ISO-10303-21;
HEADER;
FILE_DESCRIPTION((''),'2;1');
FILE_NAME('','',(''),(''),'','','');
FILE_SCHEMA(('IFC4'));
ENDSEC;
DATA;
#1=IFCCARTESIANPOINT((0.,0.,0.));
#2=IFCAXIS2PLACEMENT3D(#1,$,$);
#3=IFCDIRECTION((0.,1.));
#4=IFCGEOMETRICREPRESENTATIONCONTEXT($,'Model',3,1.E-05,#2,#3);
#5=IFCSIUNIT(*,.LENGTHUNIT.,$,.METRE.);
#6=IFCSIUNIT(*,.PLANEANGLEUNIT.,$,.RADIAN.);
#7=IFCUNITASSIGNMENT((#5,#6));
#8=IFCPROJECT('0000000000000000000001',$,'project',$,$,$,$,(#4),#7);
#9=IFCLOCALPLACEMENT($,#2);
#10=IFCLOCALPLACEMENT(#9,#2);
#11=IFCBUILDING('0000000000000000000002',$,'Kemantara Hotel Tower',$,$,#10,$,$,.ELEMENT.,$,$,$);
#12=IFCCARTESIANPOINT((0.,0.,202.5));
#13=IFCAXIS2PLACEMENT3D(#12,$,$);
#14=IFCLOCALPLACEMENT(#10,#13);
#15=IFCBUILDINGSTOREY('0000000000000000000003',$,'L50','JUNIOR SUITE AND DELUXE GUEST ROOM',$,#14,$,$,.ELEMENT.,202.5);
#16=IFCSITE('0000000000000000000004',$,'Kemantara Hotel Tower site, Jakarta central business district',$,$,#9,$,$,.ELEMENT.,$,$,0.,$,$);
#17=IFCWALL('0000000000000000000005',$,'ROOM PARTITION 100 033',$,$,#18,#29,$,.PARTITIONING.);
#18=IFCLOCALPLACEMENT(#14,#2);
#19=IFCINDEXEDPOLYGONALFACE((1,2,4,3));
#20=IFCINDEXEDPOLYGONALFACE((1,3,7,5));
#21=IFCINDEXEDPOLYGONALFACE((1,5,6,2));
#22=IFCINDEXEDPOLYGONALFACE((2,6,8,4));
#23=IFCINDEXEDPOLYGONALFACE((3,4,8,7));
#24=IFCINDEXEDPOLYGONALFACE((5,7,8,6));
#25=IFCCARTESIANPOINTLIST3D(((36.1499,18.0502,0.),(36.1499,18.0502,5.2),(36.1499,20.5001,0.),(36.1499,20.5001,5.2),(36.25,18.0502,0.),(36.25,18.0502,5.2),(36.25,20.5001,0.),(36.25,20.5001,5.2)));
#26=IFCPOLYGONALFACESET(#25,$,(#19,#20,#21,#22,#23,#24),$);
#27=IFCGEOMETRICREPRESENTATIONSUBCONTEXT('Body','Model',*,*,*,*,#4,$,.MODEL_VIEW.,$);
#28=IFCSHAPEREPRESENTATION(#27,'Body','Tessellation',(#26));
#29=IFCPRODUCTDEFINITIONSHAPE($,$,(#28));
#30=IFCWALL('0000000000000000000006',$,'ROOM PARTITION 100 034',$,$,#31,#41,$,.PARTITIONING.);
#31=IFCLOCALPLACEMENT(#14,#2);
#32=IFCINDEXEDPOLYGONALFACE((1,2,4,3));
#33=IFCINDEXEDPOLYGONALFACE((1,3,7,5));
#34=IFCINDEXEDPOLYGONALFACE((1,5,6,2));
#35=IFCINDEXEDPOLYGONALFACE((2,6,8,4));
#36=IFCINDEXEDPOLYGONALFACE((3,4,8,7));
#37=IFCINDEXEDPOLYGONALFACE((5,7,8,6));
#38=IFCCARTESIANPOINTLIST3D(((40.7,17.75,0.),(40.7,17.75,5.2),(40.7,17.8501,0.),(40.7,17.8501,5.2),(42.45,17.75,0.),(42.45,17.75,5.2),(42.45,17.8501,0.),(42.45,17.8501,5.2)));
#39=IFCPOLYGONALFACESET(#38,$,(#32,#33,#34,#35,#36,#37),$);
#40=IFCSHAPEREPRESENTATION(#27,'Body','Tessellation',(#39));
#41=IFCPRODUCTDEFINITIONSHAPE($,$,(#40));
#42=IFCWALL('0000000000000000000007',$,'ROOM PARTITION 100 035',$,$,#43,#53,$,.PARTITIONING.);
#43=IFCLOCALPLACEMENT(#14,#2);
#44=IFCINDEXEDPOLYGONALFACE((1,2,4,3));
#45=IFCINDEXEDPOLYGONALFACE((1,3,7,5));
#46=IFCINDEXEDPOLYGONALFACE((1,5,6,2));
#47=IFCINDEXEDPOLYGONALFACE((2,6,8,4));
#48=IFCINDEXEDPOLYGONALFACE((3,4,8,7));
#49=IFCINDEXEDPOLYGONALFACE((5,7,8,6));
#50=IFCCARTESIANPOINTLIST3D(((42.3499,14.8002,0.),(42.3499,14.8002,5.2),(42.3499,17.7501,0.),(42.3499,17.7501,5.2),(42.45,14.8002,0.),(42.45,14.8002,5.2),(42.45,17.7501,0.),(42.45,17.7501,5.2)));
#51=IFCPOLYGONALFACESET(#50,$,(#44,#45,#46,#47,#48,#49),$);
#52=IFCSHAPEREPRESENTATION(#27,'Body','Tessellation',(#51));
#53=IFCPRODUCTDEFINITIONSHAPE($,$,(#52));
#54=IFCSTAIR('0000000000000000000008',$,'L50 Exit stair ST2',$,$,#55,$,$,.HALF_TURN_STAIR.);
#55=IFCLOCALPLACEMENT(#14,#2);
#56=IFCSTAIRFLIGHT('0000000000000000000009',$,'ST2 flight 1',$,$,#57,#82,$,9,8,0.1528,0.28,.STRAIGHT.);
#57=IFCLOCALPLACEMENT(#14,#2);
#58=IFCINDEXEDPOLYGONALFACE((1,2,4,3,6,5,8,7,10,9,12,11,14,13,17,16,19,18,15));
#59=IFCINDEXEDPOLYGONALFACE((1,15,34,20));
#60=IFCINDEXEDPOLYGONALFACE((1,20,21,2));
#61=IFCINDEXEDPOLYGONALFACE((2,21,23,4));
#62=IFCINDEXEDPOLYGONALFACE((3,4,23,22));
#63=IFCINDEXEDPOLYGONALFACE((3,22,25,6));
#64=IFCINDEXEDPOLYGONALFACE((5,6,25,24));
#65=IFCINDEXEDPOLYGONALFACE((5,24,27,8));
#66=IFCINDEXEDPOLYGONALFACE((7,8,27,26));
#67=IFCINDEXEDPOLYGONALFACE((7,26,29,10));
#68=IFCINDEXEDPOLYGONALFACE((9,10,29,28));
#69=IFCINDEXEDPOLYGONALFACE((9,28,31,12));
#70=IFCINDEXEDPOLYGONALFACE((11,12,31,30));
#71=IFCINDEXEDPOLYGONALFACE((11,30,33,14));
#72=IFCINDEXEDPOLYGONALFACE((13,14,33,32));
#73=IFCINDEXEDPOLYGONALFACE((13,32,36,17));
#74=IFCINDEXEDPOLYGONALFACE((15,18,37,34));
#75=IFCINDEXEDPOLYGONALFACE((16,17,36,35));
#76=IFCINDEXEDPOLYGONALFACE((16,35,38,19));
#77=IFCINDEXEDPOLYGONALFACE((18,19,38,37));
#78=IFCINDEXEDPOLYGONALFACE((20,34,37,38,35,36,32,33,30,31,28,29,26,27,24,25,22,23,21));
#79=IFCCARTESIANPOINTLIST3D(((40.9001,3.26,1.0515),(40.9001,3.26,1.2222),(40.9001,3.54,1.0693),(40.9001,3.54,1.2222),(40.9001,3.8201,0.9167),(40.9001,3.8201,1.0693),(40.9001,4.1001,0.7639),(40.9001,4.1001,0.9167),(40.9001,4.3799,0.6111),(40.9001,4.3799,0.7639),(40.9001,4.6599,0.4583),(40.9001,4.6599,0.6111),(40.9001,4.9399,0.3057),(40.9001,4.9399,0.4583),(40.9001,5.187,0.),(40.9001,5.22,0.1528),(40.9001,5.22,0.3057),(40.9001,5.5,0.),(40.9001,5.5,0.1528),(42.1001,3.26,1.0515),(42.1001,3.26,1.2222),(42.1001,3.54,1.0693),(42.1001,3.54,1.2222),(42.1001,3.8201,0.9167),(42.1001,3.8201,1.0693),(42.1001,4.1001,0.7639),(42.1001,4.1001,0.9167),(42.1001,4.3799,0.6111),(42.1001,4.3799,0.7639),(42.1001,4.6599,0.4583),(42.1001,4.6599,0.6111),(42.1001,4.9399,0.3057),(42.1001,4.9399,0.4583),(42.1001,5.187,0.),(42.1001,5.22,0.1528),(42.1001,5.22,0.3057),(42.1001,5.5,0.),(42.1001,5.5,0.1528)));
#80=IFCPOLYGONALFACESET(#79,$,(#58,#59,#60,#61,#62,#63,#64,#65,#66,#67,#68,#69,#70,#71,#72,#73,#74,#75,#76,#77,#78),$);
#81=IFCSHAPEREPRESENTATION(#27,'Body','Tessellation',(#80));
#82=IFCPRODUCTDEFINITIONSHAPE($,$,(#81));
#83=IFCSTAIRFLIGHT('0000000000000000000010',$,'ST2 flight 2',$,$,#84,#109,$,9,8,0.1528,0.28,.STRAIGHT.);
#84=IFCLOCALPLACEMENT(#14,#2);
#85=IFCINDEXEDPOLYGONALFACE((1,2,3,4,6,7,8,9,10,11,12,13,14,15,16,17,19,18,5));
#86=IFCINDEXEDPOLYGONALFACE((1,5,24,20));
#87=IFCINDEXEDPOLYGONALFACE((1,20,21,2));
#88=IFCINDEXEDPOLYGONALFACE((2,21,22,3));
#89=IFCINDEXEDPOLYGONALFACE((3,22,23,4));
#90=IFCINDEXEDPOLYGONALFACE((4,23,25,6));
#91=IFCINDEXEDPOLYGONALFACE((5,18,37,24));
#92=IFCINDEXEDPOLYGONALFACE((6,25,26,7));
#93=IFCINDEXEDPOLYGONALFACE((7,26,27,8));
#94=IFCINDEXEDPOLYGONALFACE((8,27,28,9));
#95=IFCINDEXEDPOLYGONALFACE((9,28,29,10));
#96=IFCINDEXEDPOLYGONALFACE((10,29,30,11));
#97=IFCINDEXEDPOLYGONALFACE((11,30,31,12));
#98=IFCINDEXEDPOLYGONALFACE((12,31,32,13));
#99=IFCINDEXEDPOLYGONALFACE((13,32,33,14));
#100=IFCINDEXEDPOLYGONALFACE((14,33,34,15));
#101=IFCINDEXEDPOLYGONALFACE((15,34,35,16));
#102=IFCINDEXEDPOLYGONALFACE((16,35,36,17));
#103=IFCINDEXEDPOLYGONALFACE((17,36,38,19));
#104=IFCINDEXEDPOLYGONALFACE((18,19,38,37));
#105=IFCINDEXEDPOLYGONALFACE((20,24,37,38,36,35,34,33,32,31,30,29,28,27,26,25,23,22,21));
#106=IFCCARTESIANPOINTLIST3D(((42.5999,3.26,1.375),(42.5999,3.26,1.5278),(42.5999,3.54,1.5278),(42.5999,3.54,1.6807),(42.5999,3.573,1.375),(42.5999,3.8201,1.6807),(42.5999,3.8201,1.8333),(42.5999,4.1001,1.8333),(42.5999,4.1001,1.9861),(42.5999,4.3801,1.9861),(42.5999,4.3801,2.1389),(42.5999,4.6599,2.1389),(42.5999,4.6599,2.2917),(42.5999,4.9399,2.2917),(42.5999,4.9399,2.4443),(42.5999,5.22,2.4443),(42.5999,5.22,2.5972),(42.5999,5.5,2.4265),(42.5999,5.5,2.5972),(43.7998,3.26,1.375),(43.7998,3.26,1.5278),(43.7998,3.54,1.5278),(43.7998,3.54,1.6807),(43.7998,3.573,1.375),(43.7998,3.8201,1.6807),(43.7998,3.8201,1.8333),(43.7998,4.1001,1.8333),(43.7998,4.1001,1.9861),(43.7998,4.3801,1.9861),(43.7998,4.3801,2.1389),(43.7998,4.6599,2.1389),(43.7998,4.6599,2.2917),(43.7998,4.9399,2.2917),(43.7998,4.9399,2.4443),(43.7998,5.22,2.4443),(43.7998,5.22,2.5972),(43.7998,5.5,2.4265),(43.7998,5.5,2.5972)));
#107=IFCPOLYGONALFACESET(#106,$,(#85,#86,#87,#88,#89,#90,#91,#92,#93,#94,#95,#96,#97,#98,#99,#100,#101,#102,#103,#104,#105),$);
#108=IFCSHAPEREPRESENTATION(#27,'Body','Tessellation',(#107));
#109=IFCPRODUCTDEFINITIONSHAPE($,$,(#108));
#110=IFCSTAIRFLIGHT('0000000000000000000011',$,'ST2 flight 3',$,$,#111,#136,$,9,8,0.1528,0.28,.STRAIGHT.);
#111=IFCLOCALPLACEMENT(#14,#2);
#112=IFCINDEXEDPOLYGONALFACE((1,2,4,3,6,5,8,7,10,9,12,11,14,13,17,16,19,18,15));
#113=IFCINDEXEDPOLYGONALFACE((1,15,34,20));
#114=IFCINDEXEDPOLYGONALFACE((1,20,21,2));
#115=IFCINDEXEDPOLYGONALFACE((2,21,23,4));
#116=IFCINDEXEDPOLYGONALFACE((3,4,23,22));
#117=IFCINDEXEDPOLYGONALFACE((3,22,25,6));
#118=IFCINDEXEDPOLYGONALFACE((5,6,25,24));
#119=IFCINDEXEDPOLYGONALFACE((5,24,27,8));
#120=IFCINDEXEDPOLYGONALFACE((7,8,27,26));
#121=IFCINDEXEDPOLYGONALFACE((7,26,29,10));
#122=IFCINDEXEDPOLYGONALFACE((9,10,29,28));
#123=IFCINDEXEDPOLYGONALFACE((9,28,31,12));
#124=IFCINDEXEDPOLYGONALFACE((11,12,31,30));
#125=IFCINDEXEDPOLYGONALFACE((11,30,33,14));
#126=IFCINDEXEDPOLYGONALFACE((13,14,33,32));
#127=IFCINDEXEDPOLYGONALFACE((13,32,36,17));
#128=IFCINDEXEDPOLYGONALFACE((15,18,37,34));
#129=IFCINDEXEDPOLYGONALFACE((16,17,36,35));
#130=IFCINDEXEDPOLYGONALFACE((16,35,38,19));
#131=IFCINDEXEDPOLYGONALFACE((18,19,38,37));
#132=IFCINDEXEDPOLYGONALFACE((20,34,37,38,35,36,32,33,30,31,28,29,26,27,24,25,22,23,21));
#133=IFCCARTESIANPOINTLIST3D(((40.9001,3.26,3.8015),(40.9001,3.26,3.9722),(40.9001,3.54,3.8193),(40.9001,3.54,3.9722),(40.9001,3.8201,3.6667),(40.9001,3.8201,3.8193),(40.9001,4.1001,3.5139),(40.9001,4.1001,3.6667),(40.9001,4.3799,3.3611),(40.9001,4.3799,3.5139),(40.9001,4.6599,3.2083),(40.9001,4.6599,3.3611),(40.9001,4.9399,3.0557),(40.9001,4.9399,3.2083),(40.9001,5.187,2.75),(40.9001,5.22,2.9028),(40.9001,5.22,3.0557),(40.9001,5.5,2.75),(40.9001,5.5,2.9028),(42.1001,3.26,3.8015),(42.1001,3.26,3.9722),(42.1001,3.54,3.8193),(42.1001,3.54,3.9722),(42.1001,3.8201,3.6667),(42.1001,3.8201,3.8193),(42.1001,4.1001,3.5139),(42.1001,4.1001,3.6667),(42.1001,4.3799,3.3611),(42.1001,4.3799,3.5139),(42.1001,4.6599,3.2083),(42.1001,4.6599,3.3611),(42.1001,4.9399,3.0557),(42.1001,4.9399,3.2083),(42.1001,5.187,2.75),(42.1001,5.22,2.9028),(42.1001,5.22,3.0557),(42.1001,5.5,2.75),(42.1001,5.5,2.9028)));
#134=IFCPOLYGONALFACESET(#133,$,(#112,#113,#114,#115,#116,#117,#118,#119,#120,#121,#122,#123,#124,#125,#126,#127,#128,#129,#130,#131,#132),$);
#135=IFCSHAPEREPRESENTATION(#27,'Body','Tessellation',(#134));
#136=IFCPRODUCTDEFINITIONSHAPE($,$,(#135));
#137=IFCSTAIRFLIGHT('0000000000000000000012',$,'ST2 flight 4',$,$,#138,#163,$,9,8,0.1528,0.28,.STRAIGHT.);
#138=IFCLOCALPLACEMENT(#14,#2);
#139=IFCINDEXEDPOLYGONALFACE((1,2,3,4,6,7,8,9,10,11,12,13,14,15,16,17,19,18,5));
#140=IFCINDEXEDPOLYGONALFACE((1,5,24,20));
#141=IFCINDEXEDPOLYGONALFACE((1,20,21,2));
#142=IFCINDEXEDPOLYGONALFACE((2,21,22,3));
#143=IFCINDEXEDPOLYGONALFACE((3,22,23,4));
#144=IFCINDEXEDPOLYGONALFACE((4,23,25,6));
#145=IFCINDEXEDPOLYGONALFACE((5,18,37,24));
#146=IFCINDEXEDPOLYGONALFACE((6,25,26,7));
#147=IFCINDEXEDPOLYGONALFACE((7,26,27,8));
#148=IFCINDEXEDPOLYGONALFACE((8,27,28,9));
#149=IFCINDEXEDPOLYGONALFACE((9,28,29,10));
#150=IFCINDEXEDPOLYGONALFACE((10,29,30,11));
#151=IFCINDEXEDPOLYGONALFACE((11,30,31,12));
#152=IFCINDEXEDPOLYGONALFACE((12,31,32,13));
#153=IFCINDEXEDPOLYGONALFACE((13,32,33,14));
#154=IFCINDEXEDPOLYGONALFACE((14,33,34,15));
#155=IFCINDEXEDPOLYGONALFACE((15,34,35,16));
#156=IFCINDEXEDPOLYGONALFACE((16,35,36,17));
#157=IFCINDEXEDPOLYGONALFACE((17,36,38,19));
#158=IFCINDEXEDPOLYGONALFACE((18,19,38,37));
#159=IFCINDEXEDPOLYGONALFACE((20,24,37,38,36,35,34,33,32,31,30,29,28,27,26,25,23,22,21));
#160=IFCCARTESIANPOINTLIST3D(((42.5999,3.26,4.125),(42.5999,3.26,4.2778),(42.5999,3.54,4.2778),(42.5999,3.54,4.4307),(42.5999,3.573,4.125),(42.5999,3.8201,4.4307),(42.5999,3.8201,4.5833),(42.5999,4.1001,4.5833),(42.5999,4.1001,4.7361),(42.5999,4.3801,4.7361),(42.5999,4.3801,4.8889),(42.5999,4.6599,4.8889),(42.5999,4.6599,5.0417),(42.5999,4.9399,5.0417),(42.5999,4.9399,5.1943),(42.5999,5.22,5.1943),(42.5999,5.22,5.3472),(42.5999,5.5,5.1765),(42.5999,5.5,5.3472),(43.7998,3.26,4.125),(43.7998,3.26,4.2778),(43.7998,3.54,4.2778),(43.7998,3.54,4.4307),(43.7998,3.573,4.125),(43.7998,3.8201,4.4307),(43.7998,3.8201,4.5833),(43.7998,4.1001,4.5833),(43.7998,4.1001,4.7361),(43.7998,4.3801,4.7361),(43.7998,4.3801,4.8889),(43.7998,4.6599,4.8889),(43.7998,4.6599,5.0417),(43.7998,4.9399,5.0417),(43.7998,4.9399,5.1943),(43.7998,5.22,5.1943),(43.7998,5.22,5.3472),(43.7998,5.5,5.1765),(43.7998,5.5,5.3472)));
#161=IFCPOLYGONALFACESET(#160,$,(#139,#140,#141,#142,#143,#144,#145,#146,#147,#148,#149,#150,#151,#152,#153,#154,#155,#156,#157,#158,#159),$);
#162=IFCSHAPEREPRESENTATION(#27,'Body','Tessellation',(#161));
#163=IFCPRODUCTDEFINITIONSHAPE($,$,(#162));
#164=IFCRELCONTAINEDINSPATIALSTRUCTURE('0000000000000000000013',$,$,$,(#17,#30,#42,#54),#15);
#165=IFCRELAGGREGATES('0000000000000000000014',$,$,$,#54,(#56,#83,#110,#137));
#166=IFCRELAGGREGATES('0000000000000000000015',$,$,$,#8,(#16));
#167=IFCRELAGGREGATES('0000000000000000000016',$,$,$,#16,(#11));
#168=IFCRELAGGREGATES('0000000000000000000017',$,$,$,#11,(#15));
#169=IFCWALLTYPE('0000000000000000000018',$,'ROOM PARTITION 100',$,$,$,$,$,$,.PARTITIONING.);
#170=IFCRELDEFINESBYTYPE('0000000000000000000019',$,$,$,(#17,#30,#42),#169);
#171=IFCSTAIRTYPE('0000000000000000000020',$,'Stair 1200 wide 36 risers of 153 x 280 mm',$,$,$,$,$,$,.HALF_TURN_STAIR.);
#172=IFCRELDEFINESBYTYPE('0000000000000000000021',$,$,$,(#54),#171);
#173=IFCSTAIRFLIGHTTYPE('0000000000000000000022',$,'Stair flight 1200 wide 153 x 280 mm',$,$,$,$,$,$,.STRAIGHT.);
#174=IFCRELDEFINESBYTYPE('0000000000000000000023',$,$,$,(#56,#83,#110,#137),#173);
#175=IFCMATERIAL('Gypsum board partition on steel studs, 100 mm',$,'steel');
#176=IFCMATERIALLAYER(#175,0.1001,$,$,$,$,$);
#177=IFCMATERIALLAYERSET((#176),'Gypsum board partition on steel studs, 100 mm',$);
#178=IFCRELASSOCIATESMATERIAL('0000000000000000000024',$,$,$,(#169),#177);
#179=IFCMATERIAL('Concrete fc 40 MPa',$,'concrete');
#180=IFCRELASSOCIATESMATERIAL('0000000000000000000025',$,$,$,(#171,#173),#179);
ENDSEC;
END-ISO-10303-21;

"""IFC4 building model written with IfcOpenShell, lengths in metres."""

from ifc_helpers import new_model, si_unit, direction, frame, frame_2d, origin, place, context, subcontext, project, spatial, polyline, rectangle, outline, extrude, material, layer, layer_set, type_object, element, aggregate, save


model = new_model("IFC4")

# Units and contexts
model_context = context("Model", 3, precision=1e-05, world=origin(), true_north=direction((0.0, 1.0)))
body_context = subcontext(model_context, "Body", "Model", "MODEL_VIEW")
ifc_project = project(units=[si_unit("LENGTHUNIT", "METRE"), si_unit("PLANEANGLEUNIT", "RADIAN")], contexts=[model_context])

# Site, building, storey
site_placement = place(None, origin())
site = spatial("IfcSite", under=ifc_project, at=site_placement, Name="Kemantara Hotel Tower site, Jakarta central business district", CompositionType="ELEMENT", RefElevation=0.0)
building_placement = place(site_placement, origin())
building = spatial("IfcBuilding", under=site, at=building_placement, Name="Kemantara Hotel Tower", CompositionType="ELEMENT")
storey_placement = place(building_placement, frame((0.0, 0.0, 202.5)))
storey = spatial("IfcBuildingStorey", under=building, at=storey_placement, Name="L50", Description="JUNIOR SUITE AND DELUXE GUEST ROOM", CompositionType="ELEMENT", Elevation=202.5)

# Walls
ifc_material_1 = material(Name="Gypsum board partition on steel studs, 100 mm", Category="steel")
ifc_layer_1 = layer(ifc_material_1, 0.1001)
ifc_layer_set_1 = layer_set([ifc_layer_1], Name="Gypsum board partition on steel studs, 100 mm")
wall_type_1 = type_object("IfcWallType", Name="ROOM PARTITION 100", PredefinedType="PARTITIONING", material=ifc_layer_set_1)
wall_1_placement = place(storey_placement, frame((36.2, 18.05, 0.0), z_axis=(0.0, 0.0, 1.0), x_axis=(0.0, 1.0, 0.0)))
element("IfcWall", 1, at=wall_1_placement, inside=storey, type_object=wall_type_1, Name="ROOM PARTITION 100 033", PredefinedType="PARTITIONING", context=body_context, shape_type="SweptSolid", body=[
    extrude(rectangle(XDim=2.45, YDim=0.1001, at=frame_2d((1.2251, 0.0))), origin(), (0.0, 0.0, 1.0), 5.2),
])
wall_2_placement = place(storey_placement, frame((40.7, 17.8, 0.0), z_axis=(0.0, 0.0, 1.0), x_axis=(1.0, 0.0, 0.0)))
element("IfcWall", 2, at=wall_2_placement, inside=storey, type_object=wall_type_1, Name="ROOM PARTITION 100 034", PredefinedType="PARTITIONING", context=body_context, shape_type="SweptSolid", body=[
    extrude(rectangle(XDim=1.75, YDim=0.1001, at=frame_2d((0.875, 0.0))), origin(), (0.0, 0.0, 1.0), 5.2),
])
wall_3_placement = place(storey_placement, frame((42.3999, 14.8, 0.0), z_axis=(0.0, 0.0, 1.0), x_axis=(0.0, 1.0, 0.0)))
element("IfcWall", 3, at=wall_3_placement, inside=storey, type_object=wall_type_1, Name="ROOM PARTITION 100 035", PredefinedType="PARTITIONING", context=body_context, shape_type="SweptSolid", body=[
    extrude(rectangle(XDim=2.95, YDim=0.1001, at=frame_2d((1.4751, 0.0))), origin(), (0.0, 0.0, 1.0), 5.2),
])

# Stair, stair flights
ifc_material_2 = material(Name="Concrete fc 40 MPa", Category="concrete")
stair_type = type_object("IfcStairType", Name="Stair 1200 wide 36 risers of 153 x 280 mm", PredefinedType="HALF_TURN_STAIR", material=ifc_material_2)
stair_placement = place(storey_placement, origin())
stair = element("IfcStair", 4, at=stair_placement, inside=storey, type_object=stair_type, Name="L50 Exit stair ST2", PredefinedType="HALF_TURN_STAIR")
stair_flight_type = type_object("IfcStairFlightType", Name="Stair flight 1200 wide 153 x 280 mm", PredefinedType="STRAIGHT", material=ifc_material_2)
stair_flight_1_placement = place(storey_placement, frame((41.5, 5.5, 0.0), z_axis=(0.0, 0.0, 1.0), x_axis=(0.0, -1.0, 0.0)))
stair_flight_1 = element("IfcStairFlight", 5, at=stair_flight_1_placement, type_object=stair_flight_type, Name="ST2 flight 1", NumberOfRisers=9, NumberOfTreads=8, PredefinedType="STRAIGHT", RiserHeight=0.1528, TreadLength=0.28, context=body_context, shape_type="SweptSolid", body=[
    extrude(outline(polyline([(0.0, 0.0), (0.0, 0.1528), (0.28, 0.1528), (0.28, 0.3057), (0.5601, 0.3057), (0.5601, 0.4583), (0.8401, 0.4583), (0.8401, 0.6111), (1.1201, 0.6111), (1.1201, 0.7639), (1.3999, 0.7639), (1.3999, 0.9167), (1.6799, 0.9167), (1.6799, 1.0693), (1.96, 1.0693), (1.96, 1.2222), (2.24, 1.2222), (2.24, 1.375), (2.24, 1.0515), (0.313, 0.0), (0.0, 0.0)])), frame((0.0, 0.6001, 0.0), z_axis=(0.0, -1.0, 0.0), x_axis=(1.0, 0.0, 0.0)), (0.0, 0.0, 1.0), 1.2),
])
stair_flight_2_placement = place(storey_placement, frame((43.2, 3.26, 1.375), z_axis=(0.0, 0.0, 1.0), x_axis=(0.0, 1.0, 0.0)))
stair_flight_2 = element("IfcStairFlight", 6, at=stair_flight_2_placement, type_object=stair_flight_type, Name="ST2 flight 2", NumberOfRisers=9, NumberOfTreads=8, PredefinedType="STRAIGHT", RiserHeight=0.1528, TreadLength=0.28, context=body_context, shape_type="SweptSolid", body=[
    extrude(outline(polyline([(0.0, 0.0), (0.0, 0.1528), (0.28, 0.1528), (0.28, 0.3057), (0.5601, 0.3057), (0.5601, 0.4583), (0.8401, 0.4583), (0.8401, 0.6111), (1.1201, 0.6111), (1.1201, 0.7639), (1.3999, 0.7639), (1.3999, 0.9167), (1.6799, 0.9167), (1.6799, 1.0693), (1.96, 1.0693), (1.96, 1.2222), (2.24, 1.2222), (2.24, 1.375), (2.24, 1.0515), (0.313, 0.0), (0.0, 0.0)])), frame((0.0, 0.6001, 0.0), z_axis=(0.0, -1.0, 0.0), x_axis=(1.0, 0.0, 0.0)), (0.0, 0.0, 1.0), 1.2),
])
stair_flight_3_placement = place(storey_placement, frame((41.5, 5.5, 2.75), z_axis=(0.0, 0.0, 1.0), x_axis=(0.0, -1.0, 0.0)))
stair_flight_3 = element("IfcStairFlight", 7, at=stair_flight_3_placement, type_object=stair_flight_type, Name="ST2 flight 3", NumberOfRisers=9, NumberOfTreads=8, PredefinedType="STRAIGHT", RiserHeight=0.1528, TreadLength=0.28, context=body_context, shape_type="SweptSolid", body=[
    extrude(outline(polyline([(0.0, 0.0), (0.0, 0.1528), (0.28, 0.1528), (0.28, 0.3057), (0.5601, 0.3057), (0.5601, 0.4583), (0.8401, 0.4583), (0.8401, 0.6111), (1.1201, 0.6111), (1.1201, 0.7639), (1.3999, 0.7639), (1.3999, 0.9167), (1.6799, 0.9167), (1.6799, 1.0693), (1.96, 1.0693), (1.96, 1.2222), (2.24, 1.2222), (2.24, 1.375), (2.24, 1.0515), (0.313, 0.0), (0.0, 0.0)])), frame((0.0, 0.6001, 0.0), z_axis=(0.0, -1.0, 0.0), x_axis=(1.0, 0.0, 0.0)), (0.0, 0.0, 1.0), 1.2),
])
stair_flight_4_placement = place(storey_placement, frame((43.2, 3.26, 4.125), z_axis=(0.0, 0.0, 1.0), x_axis=(0.0, 1.0, 0.0)))
stair_flight_4 = element("IfcStairFlight", 8, at=stair_flight_4_placement, type_object=stair_flight_type, Name="ST2 flight 4", NumberOfRisers=9, NumberOfTreads=8, PredefinedType="STRAIGHT", RiserHeight=0.1528, TreadLength=0.28, context=body_context, shape_type="SweptSolid", body=[
    extrude(outline(polyline([(0.0, 0.0), (0.0, 0.1528), (0.28, 0.1528), (0.28, 0.3057), (0.5601, 0.3057), (0.5601, 0.4583), (0.8401, 0.4583), (0.8401, 0.6111), (1.1201, 0.6111), (1.1201, 0.7639), (1.3999, 0.7639), (1.3999, 0.9167), (1.6799, 0.9167), (1.6799, 1.0693), (1.96, 1.0693), (1.96, 1.2222), (2.24, 1.2222), (2.24, 1.375), (2.24, 1.0515), (0.313, 0.0), (0.0, 0.0)])), frame((0.0, 0.6001, 0.0), z_axis=(0.0, -1.0, 0.0), x_axis=(1.0, 0.0, 0.0)), (0.0, 0.0, 1.0), 1.2),
])
aggregate(stair, [stair_flight_1, stair_flight_2, stair_flight_3, stair_flight_4])

save(model, "model.ifc")
